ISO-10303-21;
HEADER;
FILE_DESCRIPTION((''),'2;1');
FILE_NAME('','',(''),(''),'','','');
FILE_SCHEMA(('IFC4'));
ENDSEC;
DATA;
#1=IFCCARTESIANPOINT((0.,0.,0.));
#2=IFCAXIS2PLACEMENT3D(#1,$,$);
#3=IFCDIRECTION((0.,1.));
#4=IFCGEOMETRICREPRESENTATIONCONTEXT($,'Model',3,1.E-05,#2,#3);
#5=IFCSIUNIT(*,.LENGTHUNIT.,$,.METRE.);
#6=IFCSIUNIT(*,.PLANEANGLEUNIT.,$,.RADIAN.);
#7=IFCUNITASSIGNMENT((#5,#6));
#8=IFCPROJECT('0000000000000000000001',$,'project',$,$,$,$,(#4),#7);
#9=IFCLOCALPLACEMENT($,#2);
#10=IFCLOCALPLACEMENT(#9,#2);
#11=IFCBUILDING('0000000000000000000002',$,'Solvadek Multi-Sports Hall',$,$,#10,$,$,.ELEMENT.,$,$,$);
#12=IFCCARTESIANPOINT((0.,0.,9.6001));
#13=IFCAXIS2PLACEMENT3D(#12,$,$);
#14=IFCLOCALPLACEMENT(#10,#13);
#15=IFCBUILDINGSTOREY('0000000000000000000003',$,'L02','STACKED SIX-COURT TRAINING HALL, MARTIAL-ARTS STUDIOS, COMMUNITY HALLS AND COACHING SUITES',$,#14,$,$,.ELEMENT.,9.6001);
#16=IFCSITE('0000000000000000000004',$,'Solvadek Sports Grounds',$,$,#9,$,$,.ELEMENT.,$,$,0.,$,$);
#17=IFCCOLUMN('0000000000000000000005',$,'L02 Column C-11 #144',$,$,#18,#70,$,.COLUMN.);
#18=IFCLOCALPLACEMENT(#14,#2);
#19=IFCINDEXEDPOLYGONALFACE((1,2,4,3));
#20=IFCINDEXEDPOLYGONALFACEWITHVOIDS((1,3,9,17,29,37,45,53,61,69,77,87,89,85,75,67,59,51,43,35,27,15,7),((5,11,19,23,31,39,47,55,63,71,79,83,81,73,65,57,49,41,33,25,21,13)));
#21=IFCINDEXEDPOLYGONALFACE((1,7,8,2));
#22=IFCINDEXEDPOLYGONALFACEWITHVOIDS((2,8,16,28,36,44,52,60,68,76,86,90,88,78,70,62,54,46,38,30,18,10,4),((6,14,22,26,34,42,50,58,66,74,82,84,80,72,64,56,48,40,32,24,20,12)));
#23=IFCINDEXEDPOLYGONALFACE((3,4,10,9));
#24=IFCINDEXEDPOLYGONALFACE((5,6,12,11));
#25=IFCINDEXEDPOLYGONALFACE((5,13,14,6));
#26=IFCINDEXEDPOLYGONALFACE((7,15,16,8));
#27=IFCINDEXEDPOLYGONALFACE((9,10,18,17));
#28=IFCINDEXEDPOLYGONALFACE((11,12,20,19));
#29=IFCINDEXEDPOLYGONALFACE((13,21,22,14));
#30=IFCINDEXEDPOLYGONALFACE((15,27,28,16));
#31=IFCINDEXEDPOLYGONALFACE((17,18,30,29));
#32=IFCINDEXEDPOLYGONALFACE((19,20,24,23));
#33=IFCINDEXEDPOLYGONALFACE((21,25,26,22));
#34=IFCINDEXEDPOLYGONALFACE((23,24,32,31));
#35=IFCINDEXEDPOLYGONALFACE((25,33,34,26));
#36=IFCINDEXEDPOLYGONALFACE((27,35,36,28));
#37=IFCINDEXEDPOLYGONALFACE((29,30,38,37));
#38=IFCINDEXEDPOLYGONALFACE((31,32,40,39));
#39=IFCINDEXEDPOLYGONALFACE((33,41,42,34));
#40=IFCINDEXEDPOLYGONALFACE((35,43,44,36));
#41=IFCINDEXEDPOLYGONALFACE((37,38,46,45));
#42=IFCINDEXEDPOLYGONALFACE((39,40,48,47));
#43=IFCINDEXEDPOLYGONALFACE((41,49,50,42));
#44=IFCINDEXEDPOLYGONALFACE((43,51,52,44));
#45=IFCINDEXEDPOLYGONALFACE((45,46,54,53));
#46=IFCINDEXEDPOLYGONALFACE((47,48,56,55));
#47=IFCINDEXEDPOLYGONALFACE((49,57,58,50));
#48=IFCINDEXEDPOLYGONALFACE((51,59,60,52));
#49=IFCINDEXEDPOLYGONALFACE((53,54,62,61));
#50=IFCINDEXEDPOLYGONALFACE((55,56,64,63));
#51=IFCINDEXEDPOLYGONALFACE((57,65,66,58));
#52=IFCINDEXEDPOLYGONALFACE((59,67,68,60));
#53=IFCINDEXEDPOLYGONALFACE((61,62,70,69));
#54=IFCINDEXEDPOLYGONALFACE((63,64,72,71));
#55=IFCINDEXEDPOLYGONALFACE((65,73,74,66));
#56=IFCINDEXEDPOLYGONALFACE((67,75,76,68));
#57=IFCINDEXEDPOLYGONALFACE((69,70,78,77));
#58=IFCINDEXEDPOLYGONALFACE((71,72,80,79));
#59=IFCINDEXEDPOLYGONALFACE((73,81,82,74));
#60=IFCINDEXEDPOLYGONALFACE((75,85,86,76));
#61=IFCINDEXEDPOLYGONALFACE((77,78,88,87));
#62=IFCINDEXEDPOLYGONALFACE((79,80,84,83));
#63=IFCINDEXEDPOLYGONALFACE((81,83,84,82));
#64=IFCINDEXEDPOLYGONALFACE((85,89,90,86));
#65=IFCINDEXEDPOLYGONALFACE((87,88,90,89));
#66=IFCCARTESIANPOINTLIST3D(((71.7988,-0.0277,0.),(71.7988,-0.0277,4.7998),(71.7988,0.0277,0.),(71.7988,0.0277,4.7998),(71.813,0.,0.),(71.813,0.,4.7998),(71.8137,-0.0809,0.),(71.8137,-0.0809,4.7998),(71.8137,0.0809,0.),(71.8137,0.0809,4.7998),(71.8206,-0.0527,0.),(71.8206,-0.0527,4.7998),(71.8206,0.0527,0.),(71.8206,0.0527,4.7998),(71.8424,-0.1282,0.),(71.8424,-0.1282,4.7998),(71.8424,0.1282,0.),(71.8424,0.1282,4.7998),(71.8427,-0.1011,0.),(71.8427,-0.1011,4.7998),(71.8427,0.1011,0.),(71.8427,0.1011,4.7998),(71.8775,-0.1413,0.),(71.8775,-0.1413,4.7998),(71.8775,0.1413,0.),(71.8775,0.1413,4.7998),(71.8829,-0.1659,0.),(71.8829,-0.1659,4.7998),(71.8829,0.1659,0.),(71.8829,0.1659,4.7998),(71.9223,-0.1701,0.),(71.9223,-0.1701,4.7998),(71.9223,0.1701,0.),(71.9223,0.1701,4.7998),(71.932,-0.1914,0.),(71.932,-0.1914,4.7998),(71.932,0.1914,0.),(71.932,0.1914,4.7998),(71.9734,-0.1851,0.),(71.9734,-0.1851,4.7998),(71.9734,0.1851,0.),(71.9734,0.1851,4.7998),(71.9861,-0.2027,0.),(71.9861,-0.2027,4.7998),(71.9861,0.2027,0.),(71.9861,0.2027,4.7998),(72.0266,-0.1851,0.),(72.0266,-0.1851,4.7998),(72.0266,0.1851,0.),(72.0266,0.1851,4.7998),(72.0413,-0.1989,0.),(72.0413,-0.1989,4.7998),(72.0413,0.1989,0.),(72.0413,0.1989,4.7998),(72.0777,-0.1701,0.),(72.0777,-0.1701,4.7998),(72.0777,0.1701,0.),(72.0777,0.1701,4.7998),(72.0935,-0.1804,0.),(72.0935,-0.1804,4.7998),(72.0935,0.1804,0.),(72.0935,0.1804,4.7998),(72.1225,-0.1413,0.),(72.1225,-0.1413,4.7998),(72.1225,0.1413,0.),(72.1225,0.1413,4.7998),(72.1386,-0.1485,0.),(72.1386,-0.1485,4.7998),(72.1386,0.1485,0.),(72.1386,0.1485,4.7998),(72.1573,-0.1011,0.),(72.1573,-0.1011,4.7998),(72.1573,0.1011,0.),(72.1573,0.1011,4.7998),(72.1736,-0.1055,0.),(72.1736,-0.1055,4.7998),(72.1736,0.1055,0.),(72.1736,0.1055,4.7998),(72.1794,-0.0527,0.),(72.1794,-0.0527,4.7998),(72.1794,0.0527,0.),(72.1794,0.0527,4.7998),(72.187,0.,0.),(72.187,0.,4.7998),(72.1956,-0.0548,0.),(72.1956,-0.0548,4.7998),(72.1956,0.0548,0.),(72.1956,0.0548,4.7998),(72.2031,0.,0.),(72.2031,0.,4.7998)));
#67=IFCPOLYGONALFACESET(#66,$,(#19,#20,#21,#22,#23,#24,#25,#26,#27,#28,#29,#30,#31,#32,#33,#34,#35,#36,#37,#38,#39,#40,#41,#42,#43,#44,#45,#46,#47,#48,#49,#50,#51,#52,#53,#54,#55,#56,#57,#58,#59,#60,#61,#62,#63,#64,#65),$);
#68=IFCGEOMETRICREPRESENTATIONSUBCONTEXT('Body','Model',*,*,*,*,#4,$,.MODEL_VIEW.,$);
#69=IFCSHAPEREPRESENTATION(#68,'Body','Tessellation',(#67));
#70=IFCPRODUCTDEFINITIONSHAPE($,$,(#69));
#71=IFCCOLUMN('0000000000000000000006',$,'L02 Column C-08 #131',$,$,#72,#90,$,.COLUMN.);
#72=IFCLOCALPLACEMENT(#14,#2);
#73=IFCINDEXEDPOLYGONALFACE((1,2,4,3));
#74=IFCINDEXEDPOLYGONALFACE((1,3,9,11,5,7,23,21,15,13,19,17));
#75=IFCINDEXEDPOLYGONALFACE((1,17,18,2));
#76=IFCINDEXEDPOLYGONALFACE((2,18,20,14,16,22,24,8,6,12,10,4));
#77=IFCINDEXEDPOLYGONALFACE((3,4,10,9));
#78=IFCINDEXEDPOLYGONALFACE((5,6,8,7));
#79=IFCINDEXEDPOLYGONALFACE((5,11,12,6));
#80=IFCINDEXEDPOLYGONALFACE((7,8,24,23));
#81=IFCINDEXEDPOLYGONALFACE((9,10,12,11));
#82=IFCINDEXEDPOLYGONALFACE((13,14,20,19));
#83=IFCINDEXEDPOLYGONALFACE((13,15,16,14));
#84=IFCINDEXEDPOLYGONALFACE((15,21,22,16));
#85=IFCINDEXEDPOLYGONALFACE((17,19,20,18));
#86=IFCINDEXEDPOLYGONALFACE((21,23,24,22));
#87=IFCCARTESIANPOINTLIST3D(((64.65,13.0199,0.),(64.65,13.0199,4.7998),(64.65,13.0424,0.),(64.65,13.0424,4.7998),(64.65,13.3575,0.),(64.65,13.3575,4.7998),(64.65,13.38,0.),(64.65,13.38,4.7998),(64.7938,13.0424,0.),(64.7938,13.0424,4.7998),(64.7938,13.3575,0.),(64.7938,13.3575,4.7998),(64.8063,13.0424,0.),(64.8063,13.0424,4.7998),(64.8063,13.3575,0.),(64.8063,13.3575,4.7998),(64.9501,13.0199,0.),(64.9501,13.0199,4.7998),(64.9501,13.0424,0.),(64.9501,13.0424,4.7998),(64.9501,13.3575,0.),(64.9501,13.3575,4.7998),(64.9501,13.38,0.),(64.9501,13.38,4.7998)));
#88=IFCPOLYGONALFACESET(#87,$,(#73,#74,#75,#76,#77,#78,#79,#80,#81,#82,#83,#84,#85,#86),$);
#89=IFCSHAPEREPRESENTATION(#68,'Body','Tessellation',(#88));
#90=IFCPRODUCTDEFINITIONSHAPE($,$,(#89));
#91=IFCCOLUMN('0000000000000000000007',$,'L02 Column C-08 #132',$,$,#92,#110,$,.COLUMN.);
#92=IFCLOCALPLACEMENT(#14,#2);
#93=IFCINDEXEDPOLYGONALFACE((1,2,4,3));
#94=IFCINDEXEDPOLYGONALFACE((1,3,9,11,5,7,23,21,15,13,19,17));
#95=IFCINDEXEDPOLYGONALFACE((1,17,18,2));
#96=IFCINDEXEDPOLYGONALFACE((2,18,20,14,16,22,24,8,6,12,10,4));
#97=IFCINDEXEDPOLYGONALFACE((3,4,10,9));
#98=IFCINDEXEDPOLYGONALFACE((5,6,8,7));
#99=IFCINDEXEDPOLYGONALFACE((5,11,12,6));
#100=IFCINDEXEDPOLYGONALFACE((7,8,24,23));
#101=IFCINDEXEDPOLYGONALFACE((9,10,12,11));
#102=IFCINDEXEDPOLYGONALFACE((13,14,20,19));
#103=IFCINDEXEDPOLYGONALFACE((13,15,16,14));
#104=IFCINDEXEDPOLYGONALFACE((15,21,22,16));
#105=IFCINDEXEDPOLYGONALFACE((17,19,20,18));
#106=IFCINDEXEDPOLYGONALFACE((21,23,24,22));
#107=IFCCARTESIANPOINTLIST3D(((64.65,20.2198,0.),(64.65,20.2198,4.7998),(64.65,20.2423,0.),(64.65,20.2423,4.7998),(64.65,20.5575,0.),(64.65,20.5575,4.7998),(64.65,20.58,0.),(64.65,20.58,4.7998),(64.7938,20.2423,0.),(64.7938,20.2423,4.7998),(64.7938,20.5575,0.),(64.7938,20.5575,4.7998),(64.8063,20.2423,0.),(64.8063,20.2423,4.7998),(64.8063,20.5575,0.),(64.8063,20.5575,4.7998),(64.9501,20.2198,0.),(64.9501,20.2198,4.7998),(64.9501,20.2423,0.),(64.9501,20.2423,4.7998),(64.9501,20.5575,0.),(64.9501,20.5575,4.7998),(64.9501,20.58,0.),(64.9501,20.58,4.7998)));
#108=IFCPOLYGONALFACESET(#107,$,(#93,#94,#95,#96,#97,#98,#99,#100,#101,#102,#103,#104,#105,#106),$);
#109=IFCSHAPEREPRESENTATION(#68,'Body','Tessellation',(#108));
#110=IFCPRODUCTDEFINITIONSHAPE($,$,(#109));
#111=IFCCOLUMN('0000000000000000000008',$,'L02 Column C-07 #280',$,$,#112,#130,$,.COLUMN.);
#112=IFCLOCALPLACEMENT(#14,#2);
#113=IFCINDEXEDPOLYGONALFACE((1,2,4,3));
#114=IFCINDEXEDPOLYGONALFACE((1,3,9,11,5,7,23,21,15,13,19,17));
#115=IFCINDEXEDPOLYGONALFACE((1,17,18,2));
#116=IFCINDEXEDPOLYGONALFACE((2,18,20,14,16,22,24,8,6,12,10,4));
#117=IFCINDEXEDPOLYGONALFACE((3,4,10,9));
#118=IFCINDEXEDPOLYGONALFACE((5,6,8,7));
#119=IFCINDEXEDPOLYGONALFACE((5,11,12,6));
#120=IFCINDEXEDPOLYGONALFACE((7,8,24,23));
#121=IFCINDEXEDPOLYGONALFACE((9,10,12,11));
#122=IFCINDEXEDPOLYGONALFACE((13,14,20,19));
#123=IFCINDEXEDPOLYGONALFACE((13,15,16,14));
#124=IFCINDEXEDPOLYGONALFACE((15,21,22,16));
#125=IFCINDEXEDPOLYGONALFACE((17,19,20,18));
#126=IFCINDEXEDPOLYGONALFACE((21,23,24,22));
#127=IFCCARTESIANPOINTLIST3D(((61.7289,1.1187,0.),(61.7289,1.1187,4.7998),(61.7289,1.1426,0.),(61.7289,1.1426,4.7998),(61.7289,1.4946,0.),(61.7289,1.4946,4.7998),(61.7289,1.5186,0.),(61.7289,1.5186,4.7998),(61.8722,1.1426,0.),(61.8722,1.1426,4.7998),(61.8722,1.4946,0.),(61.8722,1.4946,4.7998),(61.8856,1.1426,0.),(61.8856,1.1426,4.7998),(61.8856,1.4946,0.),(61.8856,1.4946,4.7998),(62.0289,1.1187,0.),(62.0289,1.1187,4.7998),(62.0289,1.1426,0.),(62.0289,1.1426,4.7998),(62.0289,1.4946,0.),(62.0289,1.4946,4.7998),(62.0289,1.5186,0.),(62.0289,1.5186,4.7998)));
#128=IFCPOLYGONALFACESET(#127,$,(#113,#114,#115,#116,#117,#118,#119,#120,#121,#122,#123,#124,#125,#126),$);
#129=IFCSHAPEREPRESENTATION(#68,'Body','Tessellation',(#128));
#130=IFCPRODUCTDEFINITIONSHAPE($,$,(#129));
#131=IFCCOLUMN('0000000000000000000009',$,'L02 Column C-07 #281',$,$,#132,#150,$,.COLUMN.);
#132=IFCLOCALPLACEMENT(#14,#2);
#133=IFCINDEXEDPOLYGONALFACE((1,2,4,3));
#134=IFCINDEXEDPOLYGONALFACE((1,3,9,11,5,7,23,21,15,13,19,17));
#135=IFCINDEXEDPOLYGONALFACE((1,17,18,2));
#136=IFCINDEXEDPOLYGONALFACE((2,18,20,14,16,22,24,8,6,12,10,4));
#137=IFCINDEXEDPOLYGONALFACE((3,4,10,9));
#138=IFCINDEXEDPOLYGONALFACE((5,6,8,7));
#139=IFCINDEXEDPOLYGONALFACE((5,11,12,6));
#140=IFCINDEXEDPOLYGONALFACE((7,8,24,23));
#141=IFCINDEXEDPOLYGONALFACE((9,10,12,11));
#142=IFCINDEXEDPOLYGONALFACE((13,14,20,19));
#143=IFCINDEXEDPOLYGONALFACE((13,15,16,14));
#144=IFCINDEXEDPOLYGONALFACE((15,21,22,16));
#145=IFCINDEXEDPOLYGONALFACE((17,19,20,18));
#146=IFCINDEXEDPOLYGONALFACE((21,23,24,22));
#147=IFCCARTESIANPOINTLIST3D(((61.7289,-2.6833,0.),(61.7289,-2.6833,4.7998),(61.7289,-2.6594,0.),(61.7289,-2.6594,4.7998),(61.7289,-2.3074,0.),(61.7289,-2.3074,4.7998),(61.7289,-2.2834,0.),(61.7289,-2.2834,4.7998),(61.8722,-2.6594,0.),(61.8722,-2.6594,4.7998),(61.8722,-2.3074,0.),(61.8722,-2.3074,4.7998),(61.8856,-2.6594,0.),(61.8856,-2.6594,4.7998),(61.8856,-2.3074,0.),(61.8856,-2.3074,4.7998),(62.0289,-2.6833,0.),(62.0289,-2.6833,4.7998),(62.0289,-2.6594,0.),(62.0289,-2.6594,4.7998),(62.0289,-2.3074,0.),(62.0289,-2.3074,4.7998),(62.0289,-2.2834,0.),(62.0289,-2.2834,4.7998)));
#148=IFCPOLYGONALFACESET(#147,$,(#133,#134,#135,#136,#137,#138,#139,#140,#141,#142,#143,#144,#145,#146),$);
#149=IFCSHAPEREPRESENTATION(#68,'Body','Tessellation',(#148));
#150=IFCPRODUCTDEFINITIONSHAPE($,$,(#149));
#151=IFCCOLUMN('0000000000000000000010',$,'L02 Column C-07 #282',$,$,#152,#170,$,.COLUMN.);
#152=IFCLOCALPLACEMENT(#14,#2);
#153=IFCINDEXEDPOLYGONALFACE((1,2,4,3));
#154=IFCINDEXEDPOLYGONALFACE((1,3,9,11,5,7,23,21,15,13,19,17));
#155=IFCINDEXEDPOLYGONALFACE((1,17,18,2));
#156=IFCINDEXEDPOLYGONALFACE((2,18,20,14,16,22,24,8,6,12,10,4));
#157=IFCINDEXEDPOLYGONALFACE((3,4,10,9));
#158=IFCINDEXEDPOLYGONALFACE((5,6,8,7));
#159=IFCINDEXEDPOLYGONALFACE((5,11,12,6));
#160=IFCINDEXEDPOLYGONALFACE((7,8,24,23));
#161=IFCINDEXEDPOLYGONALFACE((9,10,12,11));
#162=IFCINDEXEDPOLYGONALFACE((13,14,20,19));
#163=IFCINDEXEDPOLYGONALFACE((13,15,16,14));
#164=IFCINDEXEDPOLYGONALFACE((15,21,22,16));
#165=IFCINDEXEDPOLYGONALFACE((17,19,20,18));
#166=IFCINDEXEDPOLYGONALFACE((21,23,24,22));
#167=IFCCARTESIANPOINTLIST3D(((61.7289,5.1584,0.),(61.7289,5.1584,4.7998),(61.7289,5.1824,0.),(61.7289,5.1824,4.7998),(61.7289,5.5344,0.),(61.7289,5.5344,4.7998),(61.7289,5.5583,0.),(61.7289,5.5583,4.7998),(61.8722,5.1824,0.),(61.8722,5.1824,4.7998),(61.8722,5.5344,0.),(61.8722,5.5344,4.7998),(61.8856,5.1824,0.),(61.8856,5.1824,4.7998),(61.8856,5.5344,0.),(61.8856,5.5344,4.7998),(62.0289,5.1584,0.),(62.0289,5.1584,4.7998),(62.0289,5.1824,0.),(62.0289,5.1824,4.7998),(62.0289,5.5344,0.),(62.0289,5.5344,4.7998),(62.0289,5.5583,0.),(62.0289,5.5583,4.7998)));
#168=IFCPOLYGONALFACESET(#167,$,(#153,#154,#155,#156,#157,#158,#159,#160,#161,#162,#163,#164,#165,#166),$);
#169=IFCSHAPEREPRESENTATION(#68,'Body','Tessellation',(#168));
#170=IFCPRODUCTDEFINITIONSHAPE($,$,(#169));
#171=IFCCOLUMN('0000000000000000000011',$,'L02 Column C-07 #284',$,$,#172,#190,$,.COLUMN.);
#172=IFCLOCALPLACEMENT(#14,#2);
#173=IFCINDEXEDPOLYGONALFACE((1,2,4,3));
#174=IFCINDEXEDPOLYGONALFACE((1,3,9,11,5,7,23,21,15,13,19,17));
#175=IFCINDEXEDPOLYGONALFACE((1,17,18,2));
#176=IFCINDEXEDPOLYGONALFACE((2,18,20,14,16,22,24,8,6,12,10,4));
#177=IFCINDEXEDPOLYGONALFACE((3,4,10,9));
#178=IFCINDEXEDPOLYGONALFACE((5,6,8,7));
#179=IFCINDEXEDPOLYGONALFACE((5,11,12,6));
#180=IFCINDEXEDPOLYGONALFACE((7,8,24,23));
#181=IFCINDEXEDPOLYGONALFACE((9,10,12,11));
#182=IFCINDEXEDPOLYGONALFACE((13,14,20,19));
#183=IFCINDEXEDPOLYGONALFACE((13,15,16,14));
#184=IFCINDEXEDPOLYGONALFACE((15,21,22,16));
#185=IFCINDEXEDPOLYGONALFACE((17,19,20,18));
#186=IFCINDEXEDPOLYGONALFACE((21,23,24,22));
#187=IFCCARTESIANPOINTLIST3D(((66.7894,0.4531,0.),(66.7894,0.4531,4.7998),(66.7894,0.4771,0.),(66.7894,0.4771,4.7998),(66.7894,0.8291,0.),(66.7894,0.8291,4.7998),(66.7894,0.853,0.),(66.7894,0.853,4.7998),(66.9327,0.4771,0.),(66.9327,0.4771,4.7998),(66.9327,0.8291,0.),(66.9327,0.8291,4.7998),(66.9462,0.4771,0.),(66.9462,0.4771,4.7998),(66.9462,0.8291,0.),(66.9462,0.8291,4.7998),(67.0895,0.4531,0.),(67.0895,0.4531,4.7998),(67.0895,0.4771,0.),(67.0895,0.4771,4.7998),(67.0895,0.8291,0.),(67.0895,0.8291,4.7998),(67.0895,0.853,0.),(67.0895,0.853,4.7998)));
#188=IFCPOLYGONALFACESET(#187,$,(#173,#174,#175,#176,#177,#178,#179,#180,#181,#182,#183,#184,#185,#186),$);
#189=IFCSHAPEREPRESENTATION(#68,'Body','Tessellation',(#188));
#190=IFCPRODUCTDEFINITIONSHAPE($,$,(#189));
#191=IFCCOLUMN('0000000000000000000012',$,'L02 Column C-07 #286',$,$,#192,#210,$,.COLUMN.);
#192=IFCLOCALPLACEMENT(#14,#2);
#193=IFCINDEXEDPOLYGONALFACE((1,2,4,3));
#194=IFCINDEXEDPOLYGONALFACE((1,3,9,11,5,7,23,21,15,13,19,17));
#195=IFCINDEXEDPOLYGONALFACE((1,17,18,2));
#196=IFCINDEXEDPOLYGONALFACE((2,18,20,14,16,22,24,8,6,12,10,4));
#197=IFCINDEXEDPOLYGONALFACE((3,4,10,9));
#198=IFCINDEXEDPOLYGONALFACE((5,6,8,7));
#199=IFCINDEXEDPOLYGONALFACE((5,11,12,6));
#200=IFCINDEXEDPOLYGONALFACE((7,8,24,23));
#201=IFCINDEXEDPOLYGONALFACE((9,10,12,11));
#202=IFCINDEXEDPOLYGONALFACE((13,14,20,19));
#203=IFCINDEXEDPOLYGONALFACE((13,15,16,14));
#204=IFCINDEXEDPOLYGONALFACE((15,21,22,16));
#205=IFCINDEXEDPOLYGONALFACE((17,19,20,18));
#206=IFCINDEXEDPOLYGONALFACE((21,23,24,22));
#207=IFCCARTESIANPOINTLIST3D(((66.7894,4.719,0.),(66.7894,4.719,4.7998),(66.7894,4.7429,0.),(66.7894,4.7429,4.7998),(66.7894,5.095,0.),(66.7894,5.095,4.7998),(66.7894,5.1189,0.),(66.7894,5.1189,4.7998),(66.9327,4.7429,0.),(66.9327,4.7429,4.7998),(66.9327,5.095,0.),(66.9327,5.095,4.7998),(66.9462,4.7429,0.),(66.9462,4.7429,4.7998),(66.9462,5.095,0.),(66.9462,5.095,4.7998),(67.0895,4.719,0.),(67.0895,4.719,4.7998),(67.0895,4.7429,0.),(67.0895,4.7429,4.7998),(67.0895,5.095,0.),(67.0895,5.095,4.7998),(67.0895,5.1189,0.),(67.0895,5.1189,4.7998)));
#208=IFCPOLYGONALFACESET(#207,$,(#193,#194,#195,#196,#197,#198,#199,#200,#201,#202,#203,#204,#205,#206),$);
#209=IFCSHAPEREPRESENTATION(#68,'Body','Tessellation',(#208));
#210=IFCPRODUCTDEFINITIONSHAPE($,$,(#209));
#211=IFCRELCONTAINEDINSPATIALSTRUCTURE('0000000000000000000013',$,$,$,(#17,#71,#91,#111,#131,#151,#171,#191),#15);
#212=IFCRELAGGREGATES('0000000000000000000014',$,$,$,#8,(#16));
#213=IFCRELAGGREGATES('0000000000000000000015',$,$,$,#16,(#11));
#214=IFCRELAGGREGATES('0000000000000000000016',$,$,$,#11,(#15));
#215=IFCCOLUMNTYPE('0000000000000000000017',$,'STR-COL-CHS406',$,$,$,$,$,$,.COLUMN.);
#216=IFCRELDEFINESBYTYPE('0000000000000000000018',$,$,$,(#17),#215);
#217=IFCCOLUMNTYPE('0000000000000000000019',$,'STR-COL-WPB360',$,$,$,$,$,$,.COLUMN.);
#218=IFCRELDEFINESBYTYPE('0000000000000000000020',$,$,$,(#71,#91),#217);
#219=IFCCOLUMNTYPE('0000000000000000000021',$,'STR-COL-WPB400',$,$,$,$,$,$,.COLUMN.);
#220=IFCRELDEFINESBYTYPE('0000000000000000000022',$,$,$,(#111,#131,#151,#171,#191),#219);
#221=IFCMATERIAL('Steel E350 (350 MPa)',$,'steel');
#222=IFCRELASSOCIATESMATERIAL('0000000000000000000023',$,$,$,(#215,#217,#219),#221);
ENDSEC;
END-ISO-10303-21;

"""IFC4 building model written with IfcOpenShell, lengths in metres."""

from ifc_helpers import new_model, si_unit, direction, frame, origin, origin_2d, place, context, subcontext, project, spatial, hollow_circle, i_section, extrude, material, material_profile, profile_set, type_object, element, save


model = new_model("IFC4")

# Units and contexts
model_context = context("Model", 3, precision=1e-05, world=origin(), true_north=direction((0.0, 1.0)))
body_context = subcontext(model_context, "Body", "Model", "MODEL_VIEW")
ifc_project = project(units=[si_unit("LENGTHUNIT", "METRE"), si_unit("PLANEANGLEUNIT", "RADIAN")], contexts=[model_context])

# Site, building, storey
site_placement = place(None, origin())
site = spatial("IfcSite", under=ifc_project, at=site_placement, Name="Solvadek Sports Grounds", CompositionType="ELEMENT", RefElevation=0.0)
building_placement = place(site_placement, origin())
building = spatial("IfcBuilding", under=site, at=building_placement, Name="Solvadek Multi-Sports Hall", CompositionType="ELEMENT")
storey_placement = place(building_placement, frame((0.0, 0.0, 9.6001)))
storey = spatial("IfcBuildingStorey", under=building, at=storey_placement, Name="L02", Description="STACKED SIX-COURT TRAINING HALL, MARTIAL-ARTS STUDIOS, COMMUNITY HALLS AND COACHING SUITES", CompositionType="ELEMENT", Elevation=9.6001)

# Columns
ifc_material_1 = material(Name="Steel E350 (350 MPa)", Category="steel")
ifc_material_profile_1 = material_profile(ifc_material_1, hollow_circle(Radius=0.2031, WallThickness=0.0161, at=origin_2d()), Name="CHS 406.4x16")
ifc_profile_set_1 = profile_set([ifc_material_profile_1], Name="Steel E350 (350 MPa)")
column_type_1 = type_object("IfcColumnType", Name="STR-COL-CHS406", PredefinedType="COLUMN", material=ifc_profile_set_1)
column_placement = place(storey_placement, frame((72.0, 0.0, 0.0), z_axis=(0.0, 0.0, 1.0), x_axis=(1.0, 0.0, 0.0)))
element("IfcColumn", 1, at=column_placement, inside=storey, type_object=column_type_1, Name="L02 Column C-11 #144", PredefinedType="COLUMN", context=body_context, shape_type="SweptSolid", body=[
    extrude(hollow_circle(Radius=0.2031, WallThickness=0.0161, at=origin_2d()), origin(), (0.0, 0.0, 1.0), 4.7998),
])
ifc_material_profile_2 = material_profile(ifc_material_1, i_section(OverallWidth=0.3, OverallDepth=0.3601, WebThickness=0.0125, FlangeThickness=0.0225, at=origin_2d()), Name="WPB 360")
ifc_profile_set_2 = profile_set([ifc_material_profile_2], Name="Steel E350 (350 MPa)")
column_type_2 = type_object("IfcColumnType", Name="STR-COL-WPB360", PredefinedType="COLUMN", material=ifc_profile_set_2)
for number, where, z_axis, x_axis, name in (
    (2, (64.8, 13.2, 0.0), (0.0, 0.0, 1.0), (1.0, 0.0, 0.0), "L02 Column C-08 #131"),
    (3, (64.8, 20.3999, 0.0), (0.0, 0.0, 1.0), (1.0, 0.0, 0.0), "L02 Column C-08 #132"),
):
    element("IfcColumn", number, at=place(storey_placement, frame(where, z_axis=z_axis, x_axis=x_axis)), inside=storey, type_object=column_type_2, Name=name, PredefinedType="COLUMN", context=body_context, shape_type="SweptSolid", body=[
        extrude(i_section(OverallWidth=0.3, OverallDepth=0.3601, WebThickness=0.0125, FlangeThickness=0.0225, at=origin_2d()), origin(), (0.0, 0.0, 1.0), 4.7998),
    ])
ifc_material_profile_3 = material_profile(ifc_material_1, i_section(OverallWidth=0.3, OverallDepth=0.3999, WebThickness=0.0134, FlangeThickness=0.0239, at=origin_2d()), Name="WPB 400")
ifc_profile_set_3 = profile_set([ifc_material_profile_3], Name="Steel E350 (350 MPa)")
column_type_3 = type_object("IfcColumnType", Name="STR-COL-WPB400", PredefinedType="COLUMN", material=ifc_profile_set_3)
for number, where, z_axis, x_axis, name in (
    (4, (61.8789, 1.3186, 0.0), (0.0, 0.0, 1.0), (1.0, 0.0, 0.0), "L02 Column C-07 #280"),
    (5, (61.8789, -2.4834, 0.0), (0.0, 0.0, 1.0), (1.0, 0.0, 0.0), "L02 Column C-07 #281"),
    (6, (61.8789, 5.3584, 0.0), (0.0, 0.0, 1.0), (1.0, 0.0, 0.0), "L02 Column C-07 #282"),
    (7, (66.9395, 0.6531, 0.0), (0.0, 0.0, 1.0), (1.0, 0.0, 0.0), "L02 Column C-07 #284"),
    (8, (66.9395, 4.9189, 0.0), (0.0, 0.0, 1.0), (1.0, 0.0, 0.0), "L02 Column C-07 #286"),
):
    element("IfcColumn", number, at=place(storey_placement, frame(where, z_axis=z_axis, x_axis=x_axis)), inside=storey, type_object=column_type_3, Name=name, PredefinedType="COLUMN", context=body_context, shape_type="SweptSolid", body=[
        extrude(i_section(OverallWidth=0.3, OverallDepth=0.3999, WebThickness=0.0134, FlangeThickness=0.0239, at=origin_2d()), origin(), (0.0, 0.0, 1.0), 4.7998),
    ])

save(model, "model.ifc")
